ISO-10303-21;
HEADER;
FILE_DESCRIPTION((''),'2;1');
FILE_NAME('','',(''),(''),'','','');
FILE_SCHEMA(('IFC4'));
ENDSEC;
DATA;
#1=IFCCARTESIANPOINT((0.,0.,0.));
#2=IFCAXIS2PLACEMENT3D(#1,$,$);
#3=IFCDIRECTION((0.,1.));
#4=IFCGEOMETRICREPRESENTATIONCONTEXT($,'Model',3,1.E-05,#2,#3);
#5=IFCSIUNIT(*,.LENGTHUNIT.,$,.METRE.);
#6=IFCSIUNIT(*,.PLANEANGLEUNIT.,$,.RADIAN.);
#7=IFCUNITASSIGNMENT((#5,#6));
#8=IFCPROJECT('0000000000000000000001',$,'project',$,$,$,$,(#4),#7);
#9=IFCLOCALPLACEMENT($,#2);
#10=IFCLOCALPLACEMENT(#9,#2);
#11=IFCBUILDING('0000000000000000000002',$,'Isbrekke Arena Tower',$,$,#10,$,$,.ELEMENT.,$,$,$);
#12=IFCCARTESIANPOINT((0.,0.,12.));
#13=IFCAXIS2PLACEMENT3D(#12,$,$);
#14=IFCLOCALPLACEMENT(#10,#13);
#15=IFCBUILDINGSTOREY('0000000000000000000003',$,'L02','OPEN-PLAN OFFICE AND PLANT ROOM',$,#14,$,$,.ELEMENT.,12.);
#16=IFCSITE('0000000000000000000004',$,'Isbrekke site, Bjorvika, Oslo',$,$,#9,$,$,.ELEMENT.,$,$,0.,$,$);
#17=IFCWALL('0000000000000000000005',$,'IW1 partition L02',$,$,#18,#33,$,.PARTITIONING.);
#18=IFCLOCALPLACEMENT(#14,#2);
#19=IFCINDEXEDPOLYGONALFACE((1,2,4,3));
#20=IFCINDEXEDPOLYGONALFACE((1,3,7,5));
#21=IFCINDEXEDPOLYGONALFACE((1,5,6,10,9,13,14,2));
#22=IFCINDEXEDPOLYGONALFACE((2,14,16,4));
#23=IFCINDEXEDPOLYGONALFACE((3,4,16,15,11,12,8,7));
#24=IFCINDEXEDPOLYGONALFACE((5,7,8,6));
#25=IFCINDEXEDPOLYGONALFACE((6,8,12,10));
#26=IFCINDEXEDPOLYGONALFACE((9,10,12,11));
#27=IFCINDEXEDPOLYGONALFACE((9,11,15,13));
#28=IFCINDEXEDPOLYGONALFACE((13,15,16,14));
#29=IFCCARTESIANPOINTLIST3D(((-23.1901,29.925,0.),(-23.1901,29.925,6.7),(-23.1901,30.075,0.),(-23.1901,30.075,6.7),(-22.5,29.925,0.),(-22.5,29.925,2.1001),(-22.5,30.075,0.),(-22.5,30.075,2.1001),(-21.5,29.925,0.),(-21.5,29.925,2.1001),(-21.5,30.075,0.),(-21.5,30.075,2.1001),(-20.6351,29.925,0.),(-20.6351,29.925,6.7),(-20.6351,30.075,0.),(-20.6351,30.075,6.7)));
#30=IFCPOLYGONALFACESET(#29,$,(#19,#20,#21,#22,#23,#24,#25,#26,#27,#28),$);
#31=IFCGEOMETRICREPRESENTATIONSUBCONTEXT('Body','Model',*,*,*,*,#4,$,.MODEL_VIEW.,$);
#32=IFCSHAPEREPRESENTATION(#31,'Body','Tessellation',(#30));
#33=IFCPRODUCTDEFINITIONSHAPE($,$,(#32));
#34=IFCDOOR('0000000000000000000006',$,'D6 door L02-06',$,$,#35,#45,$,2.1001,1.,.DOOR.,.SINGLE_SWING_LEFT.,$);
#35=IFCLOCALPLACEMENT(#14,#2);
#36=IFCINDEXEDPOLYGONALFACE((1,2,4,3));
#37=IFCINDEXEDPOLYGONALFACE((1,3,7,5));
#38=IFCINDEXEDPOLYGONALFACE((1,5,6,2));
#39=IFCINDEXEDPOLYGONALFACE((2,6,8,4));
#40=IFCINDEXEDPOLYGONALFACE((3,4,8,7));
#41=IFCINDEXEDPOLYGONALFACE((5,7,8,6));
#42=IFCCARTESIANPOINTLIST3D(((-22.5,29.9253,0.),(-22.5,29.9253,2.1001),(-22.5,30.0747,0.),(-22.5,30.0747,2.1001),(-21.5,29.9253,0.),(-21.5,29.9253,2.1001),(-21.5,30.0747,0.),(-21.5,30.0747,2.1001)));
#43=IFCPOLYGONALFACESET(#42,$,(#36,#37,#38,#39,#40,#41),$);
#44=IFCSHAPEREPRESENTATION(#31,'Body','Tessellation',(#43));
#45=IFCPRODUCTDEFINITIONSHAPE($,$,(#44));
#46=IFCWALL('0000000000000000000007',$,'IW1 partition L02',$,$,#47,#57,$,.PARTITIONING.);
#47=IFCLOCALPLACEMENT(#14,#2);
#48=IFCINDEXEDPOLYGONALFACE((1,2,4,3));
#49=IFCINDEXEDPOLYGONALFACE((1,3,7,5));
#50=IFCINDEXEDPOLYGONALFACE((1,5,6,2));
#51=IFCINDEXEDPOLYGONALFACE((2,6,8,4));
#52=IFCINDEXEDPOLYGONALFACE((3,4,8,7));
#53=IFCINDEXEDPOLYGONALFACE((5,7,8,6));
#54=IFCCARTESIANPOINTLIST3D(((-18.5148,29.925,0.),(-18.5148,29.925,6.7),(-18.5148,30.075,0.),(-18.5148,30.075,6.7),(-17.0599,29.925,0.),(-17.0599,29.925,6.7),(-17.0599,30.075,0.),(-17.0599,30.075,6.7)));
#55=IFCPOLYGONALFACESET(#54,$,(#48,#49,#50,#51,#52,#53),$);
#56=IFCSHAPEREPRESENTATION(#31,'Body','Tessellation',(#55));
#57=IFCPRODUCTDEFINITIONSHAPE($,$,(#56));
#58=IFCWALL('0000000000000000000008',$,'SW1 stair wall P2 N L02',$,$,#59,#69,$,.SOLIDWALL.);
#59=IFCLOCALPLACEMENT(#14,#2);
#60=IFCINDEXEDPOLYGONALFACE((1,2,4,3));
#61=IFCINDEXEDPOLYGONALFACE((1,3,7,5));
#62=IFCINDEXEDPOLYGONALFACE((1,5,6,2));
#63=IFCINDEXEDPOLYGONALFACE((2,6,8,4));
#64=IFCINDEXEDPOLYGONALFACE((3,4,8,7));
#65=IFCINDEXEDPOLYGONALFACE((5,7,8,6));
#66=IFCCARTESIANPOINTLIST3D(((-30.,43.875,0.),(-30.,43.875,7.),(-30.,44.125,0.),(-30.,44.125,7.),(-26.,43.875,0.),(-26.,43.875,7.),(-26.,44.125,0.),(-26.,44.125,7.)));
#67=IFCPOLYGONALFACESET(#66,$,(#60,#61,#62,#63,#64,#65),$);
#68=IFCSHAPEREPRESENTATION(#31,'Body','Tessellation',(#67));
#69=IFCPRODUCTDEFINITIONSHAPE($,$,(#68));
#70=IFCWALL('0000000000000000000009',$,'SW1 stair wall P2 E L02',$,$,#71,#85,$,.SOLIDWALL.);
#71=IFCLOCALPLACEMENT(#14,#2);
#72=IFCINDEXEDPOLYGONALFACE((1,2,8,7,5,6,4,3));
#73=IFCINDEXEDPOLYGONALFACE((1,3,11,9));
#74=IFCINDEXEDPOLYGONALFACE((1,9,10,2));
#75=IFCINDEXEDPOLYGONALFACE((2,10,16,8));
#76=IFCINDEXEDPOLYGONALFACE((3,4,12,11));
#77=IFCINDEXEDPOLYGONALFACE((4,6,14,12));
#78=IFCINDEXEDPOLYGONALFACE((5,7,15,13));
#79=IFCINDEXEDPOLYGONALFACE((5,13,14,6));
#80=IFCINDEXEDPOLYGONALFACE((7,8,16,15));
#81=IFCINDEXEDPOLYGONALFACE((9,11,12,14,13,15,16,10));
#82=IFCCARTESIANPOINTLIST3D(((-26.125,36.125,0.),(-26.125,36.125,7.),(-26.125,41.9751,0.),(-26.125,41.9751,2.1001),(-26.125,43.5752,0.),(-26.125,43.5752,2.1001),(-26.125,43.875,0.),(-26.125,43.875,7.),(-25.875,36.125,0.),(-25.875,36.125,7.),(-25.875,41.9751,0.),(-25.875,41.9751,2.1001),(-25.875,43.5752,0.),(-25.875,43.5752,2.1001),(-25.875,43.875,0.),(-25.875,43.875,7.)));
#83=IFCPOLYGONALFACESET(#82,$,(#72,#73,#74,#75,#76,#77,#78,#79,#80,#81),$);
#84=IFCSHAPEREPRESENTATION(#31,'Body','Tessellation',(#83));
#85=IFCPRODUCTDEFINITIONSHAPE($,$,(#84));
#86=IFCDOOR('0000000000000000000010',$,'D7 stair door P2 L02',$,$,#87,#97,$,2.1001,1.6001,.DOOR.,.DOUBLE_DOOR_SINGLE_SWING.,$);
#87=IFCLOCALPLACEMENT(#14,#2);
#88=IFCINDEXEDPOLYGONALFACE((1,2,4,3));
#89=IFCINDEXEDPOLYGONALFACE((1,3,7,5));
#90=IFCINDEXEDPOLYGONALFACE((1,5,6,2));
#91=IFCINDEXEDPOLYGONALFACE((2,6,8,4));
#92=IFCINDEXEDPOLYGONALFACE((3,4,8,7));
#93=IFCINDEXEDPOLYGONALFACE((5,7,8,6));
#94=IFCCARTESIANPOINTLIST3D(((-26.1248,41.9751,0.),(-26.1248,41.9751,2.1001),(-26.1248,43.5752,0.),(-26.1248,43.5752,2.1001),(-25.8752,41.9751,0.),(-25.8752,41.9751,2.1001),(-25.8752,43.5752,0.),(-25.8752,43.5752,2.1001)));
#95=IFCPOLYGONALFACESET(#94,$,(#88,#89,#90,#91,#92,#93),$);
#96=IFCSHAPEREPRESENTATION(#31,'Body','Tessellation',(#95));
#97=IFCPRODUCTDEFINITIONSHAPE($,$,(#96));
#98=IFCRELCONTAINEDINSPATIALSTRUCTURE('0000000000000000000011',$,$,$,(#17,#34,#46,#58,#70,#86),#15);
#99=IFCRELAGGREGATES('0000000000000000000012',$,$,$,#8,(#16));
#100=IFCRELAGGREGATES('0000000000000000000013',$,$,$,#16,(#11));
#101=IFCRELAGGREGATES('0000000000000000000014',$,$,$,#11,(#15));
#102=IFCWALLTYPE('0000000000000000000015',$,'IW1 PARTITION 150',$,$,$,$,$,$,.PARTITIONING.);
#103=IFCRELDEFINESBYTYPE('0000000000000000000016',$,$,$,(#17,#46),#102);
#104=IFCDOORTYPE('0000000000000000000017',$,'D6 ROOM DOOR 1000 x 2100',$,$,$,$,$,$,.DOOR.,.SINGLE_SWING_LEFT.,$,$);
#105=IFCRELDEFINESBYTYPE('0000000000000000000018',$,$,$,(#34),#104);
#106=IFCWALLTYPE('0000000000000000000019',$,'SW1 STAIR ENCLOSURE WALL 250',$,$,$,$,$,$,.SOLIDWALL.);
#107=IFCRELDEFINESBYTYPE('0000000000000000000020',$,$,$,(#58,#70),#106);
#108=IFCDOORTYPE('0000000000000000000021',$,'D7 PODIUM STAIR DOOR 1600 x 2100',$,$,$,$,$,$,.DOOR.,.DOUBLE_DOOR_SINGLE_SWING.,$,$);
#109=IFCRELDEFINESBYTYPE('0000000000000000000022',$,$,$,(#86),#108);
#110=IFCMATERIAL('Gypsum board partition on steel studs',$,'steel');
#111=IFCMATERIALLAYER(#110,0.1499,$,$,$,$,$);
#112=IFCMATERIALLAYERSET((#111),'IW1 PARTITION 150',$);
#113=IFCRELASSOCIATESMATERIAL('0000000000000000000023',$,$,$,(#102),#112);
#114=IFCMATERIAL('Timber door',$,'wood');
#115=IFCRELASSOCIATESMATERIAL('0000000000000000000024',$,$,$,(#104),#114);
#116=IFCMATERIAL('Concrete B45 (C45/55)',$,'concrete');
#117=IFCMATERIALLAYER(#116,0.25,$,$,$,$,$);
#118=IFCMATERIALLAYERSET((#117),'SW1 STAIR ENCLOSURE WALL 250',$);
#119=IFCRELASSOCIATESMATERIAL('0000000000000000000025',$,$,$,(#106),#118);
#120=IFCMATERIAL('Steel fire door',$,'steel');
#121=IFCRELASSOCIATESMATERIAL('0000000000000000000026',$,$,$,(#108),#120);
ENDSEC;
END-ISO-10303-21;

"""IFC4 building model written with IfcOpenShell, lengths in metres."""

from ifc_helpers import new_model, si_unit, direction, frame, frame_2d, origin, place, context, subcontext, project, spatial, rectangle, extrude, material, layer, layer_set, type_object, element, fill, save


model = new_model("IFC4")

# Units and contexts
model_context = context("Model", 3, precision=1e-05, world=origin(), true_north=direction((0.0, 1.0)))
body_context = subcontext(model_context, "Body", "Model", "MODEL_VIEW")
ifc_project = project(units=[si_unit("LENGTHUNIT", "METRE"), si_unit("PLANEANGLEUNIT", "RADIAN")], contexts=[model_context])

# Site, building, storey
site_placement = place(None, origin())
site = spatial("IfcSite", under=ifc_project, at=site_placement, Name="Isbrekke site, Bjorvika, Oslo", CompositionType="ELEMENT", RefElevation=0.0)
building_placement = place(site_placement, origin())
building = spatial("IfcBuilding", under=site, at=building_placement, Name="Isbrekke Arena Tower", CompositionType="ELEMENT")
storey_placement = place(building_placement, frame((0.0, 0.0, 12.0)))
storey = spatial("IfcBuildingStorey", under=building, at=storey_placement, Name="L02", Description="OPEN-PLAN OFFICE AND PLANT ROOM", CompositionType="ELEMENT", Elevation=12.0)

# Shared definitions
ifc_material_1 = material(Name="Gypsum board partition on steel studs", Category="steel")
ifc_layer_1 = layer(ifc_material_1, 0.1499)
ifc_layer_set_1 = layer_set([ifc_layer_1], Name="IW1 PARTITION 150")
wall_type_1 = type_object("IfcWallType", Name="IW1 PARTITION 150", PredefinedType="PARTITIONING", material=ifc_layer_set_1)

# Wall, opening, door
wall_1_placement = place(storey_placement, frame((-23.1899, 30.0, 0.0), z_axis=(0.0, 0.0, 1.0), x_axis=(1.0, 0.0, 0.0)))
wall_1 = element("IfcWall", 1, at=wall_1_placement, inside=storey, type_object=wall_type_1, Name="IW1 partition L02", PredefinedType="PARTITIONING", context=body_context, shape_type="SweptSolid", body=[
    extrude(rectangle(XDim=2.5549, YDim=0.1499, at=frame_2d((1.2773, 0.0))), origin(), (0.0, 0.0, 1.0), 6.7),
])
opening_1_placement = place(wall_1_placement, frame((0.6899, 0.0, 0.0)))
opening_1 = element("IfcOpeningElement", 2, at=opening_1_placement, cuts=wall_1, PredefinedType="OPENING", context=body_context, shape_type="SweptSolid", body=[
    extrude(rectangle(XDim=1.0, YDim=2.1001, at=frame_2d((0.5, 1.05))), frame((0.0, 0.0898, 0.0), z_axis=(0.0, -1.0, 0.0), x_axis=(1.0, 0.0, 0.0)), (0.0, 0.0, 1.0), 0.1797),
])
ifc_material_2 = material(Name="Timber door", Category="wood")
door_type_1 = type_object("IfcDoorType", Name="D6 ROOM DOOR 1000 x 2100", OperationType="SINGLE_SWING_LEFT", PredefinedType="DOOR", material=ifc_material_2)
door_1_placement = place(opening_1_placement, origin())
door_1 = element("IfcDoor", 3, at=door_1_placement, inside=storey, type_object=door_type_1, Name="D6 door L02-06", OperationType="SINGLE_SWING_LEFT", OverallHeight=2.1001, OverallWidth=1.0, PredefinedType="DOOR", context=body_context, shape_type="SweptSolid", body=[
    extrude(rectangle(XDim=1.0, YDim=2.1001, at=frame_2d((0.5, 1.05))), frame((0.0, 0.0747, 0.0), z_axis=(0.0, -1.0, 0.0), x_axis=(1.0, 0.0, 0.0)), (0.0, 0.0, 1.0), 0.1494),
])
fill(opening_1, door_1)

# Walls
wall_2_placement = place(storey_placement, frame((-18.5149, 30.0, 0.0), z_axis=(0.0, 0.0, 1.0), x_axis=(1.0, 0.0, 0.0)))
element("IfcWall", 4, at=wall_2_placement, inside=storey, type_object=wall_type_1, Name="IW1 partition L02", PredefinedType="PARTITIONING", context=body_context, shape_type="SweptSolid", body=[
    extrude(rectangle(XDim=1.4548, YDim=0.1499, at=frame_2d((0.7275, 0.0))), origin(), (0.0, 0.0, 1.0), 6.7),
])
ifc_material_3 = material(Name="Concrete B45 (C45/55)", Category="concrete")
ifc_layer_2 = layer(ifc_material_3, 0.25)
ifc_layer_set_2 = layer_set([ifc_layer_2], Name="SW1 STAIR ENCLOSURE WALL 250")
wall_type_2 = type_object("IfcWallType", Name="SW1 STAIR ENCLOSURE WALL 250", PredefinedType="SOLIDWALL", material=ifc_layer_set_2)
wall_3_placement = place(storey_placement, frame((-26.0, 44.0, 0.0), z_axis=(0.0, 0.0, 1.0), x_axis=(-1.0, 0.0, 0.0)))
element("IfcWall", 5, at=wall_3_placement, inside=storey, type_object=wall_type_2, Name="SW1 stair wall P2 N L02", PredefinedType="SOLIDWALL", context=body_context, shape_type="SweptSolid", body=[
    extrude(rectangle(XDim=4.0, YDim=0.25, at=frame_2d((2.0, 0.0))), origin(), (0.0, 0.0, 1.0), 7.0),
])

# Wall, opening, door
wall_4_placement = place(storey_placement, frame((-26.0, 36.125, 0.0), z_axis=(0.0, 0.0, 1.0), x_axis=(0.0, 1.0, 0.0)))
wall_4 = element("IfcWall", 6, at=wall_4_placement, inside=storey, type_object=wall_type_2, Name="SW1 stair wall P2 E L02", PredefinedType="SOLIDWALL", context=body_context, shape_type="SweptSolid", body=[
    extrude(rectangle(XDim=7.75, YDim=0.25, at=frame_2d((3.875, 0.0))), origin(), (0.0, 0.0, 1.0), 7.0),
])
opening_2_placement = place(wall_4_placement, frame((5.8501, 0.0, 0.0)))
opening_2 = element("IfcOpeningElement", 7, at=opening_2_placement, cuts=wall_4, PredefinedType="OPENING", context=body_context, shape_type="SweptSolid", body=[
    extrude(rectangle(XDim=1.6001, YDim=2.1001, at=frame_2d((0.8, 1.05))), frame((0.0, 0.1399, 0.0), z_axis=(0.0, -1.0, 0.0), x_axis=(1.0, 0.0, 0.0)), (0.0, 0.0, 1.0), 0.2798),
])
ifc_material_4 = material(Name="Steel fire door", Category="steel")
door_type_2 = type_object("IfcDoorType", Name="D7 PODIUM STAIR DOOR 1600 x 2100", OperationType="DOUBLE_DOOR_SINGLE_SWING", PredefinedType="DOOR", material=ifc_material_4)
door_2_placement = place(opening_2_placement, origin())
door_2 = element("IfcDoor", 8, at=door_2_placement, inside=storey, type_object=door_type_2, Name="D7 stair door P2 L02", OperationType="DOUBLE_DOOR_SINGLE_SWING", OverallHeight=2.1001, OverallWidth=1.6001, PredefinedType="DOOR", context=body_context, shape_type="SweptSolid", body=[
    extrude(rectangle(XDim=1.6001, YDim=2.1001, at=frame_2d((0.8, 1.05))), frame((0.0, 0.1248, 0.0), z_axis=(0.0, -1.0, 0.0), x_axis=(1.0, 0.0, 0.0)), (0.0, 0.0, 1.0), 0.2495),
])
fill(opening_2, door_2)

save(model, "model.ifc")
